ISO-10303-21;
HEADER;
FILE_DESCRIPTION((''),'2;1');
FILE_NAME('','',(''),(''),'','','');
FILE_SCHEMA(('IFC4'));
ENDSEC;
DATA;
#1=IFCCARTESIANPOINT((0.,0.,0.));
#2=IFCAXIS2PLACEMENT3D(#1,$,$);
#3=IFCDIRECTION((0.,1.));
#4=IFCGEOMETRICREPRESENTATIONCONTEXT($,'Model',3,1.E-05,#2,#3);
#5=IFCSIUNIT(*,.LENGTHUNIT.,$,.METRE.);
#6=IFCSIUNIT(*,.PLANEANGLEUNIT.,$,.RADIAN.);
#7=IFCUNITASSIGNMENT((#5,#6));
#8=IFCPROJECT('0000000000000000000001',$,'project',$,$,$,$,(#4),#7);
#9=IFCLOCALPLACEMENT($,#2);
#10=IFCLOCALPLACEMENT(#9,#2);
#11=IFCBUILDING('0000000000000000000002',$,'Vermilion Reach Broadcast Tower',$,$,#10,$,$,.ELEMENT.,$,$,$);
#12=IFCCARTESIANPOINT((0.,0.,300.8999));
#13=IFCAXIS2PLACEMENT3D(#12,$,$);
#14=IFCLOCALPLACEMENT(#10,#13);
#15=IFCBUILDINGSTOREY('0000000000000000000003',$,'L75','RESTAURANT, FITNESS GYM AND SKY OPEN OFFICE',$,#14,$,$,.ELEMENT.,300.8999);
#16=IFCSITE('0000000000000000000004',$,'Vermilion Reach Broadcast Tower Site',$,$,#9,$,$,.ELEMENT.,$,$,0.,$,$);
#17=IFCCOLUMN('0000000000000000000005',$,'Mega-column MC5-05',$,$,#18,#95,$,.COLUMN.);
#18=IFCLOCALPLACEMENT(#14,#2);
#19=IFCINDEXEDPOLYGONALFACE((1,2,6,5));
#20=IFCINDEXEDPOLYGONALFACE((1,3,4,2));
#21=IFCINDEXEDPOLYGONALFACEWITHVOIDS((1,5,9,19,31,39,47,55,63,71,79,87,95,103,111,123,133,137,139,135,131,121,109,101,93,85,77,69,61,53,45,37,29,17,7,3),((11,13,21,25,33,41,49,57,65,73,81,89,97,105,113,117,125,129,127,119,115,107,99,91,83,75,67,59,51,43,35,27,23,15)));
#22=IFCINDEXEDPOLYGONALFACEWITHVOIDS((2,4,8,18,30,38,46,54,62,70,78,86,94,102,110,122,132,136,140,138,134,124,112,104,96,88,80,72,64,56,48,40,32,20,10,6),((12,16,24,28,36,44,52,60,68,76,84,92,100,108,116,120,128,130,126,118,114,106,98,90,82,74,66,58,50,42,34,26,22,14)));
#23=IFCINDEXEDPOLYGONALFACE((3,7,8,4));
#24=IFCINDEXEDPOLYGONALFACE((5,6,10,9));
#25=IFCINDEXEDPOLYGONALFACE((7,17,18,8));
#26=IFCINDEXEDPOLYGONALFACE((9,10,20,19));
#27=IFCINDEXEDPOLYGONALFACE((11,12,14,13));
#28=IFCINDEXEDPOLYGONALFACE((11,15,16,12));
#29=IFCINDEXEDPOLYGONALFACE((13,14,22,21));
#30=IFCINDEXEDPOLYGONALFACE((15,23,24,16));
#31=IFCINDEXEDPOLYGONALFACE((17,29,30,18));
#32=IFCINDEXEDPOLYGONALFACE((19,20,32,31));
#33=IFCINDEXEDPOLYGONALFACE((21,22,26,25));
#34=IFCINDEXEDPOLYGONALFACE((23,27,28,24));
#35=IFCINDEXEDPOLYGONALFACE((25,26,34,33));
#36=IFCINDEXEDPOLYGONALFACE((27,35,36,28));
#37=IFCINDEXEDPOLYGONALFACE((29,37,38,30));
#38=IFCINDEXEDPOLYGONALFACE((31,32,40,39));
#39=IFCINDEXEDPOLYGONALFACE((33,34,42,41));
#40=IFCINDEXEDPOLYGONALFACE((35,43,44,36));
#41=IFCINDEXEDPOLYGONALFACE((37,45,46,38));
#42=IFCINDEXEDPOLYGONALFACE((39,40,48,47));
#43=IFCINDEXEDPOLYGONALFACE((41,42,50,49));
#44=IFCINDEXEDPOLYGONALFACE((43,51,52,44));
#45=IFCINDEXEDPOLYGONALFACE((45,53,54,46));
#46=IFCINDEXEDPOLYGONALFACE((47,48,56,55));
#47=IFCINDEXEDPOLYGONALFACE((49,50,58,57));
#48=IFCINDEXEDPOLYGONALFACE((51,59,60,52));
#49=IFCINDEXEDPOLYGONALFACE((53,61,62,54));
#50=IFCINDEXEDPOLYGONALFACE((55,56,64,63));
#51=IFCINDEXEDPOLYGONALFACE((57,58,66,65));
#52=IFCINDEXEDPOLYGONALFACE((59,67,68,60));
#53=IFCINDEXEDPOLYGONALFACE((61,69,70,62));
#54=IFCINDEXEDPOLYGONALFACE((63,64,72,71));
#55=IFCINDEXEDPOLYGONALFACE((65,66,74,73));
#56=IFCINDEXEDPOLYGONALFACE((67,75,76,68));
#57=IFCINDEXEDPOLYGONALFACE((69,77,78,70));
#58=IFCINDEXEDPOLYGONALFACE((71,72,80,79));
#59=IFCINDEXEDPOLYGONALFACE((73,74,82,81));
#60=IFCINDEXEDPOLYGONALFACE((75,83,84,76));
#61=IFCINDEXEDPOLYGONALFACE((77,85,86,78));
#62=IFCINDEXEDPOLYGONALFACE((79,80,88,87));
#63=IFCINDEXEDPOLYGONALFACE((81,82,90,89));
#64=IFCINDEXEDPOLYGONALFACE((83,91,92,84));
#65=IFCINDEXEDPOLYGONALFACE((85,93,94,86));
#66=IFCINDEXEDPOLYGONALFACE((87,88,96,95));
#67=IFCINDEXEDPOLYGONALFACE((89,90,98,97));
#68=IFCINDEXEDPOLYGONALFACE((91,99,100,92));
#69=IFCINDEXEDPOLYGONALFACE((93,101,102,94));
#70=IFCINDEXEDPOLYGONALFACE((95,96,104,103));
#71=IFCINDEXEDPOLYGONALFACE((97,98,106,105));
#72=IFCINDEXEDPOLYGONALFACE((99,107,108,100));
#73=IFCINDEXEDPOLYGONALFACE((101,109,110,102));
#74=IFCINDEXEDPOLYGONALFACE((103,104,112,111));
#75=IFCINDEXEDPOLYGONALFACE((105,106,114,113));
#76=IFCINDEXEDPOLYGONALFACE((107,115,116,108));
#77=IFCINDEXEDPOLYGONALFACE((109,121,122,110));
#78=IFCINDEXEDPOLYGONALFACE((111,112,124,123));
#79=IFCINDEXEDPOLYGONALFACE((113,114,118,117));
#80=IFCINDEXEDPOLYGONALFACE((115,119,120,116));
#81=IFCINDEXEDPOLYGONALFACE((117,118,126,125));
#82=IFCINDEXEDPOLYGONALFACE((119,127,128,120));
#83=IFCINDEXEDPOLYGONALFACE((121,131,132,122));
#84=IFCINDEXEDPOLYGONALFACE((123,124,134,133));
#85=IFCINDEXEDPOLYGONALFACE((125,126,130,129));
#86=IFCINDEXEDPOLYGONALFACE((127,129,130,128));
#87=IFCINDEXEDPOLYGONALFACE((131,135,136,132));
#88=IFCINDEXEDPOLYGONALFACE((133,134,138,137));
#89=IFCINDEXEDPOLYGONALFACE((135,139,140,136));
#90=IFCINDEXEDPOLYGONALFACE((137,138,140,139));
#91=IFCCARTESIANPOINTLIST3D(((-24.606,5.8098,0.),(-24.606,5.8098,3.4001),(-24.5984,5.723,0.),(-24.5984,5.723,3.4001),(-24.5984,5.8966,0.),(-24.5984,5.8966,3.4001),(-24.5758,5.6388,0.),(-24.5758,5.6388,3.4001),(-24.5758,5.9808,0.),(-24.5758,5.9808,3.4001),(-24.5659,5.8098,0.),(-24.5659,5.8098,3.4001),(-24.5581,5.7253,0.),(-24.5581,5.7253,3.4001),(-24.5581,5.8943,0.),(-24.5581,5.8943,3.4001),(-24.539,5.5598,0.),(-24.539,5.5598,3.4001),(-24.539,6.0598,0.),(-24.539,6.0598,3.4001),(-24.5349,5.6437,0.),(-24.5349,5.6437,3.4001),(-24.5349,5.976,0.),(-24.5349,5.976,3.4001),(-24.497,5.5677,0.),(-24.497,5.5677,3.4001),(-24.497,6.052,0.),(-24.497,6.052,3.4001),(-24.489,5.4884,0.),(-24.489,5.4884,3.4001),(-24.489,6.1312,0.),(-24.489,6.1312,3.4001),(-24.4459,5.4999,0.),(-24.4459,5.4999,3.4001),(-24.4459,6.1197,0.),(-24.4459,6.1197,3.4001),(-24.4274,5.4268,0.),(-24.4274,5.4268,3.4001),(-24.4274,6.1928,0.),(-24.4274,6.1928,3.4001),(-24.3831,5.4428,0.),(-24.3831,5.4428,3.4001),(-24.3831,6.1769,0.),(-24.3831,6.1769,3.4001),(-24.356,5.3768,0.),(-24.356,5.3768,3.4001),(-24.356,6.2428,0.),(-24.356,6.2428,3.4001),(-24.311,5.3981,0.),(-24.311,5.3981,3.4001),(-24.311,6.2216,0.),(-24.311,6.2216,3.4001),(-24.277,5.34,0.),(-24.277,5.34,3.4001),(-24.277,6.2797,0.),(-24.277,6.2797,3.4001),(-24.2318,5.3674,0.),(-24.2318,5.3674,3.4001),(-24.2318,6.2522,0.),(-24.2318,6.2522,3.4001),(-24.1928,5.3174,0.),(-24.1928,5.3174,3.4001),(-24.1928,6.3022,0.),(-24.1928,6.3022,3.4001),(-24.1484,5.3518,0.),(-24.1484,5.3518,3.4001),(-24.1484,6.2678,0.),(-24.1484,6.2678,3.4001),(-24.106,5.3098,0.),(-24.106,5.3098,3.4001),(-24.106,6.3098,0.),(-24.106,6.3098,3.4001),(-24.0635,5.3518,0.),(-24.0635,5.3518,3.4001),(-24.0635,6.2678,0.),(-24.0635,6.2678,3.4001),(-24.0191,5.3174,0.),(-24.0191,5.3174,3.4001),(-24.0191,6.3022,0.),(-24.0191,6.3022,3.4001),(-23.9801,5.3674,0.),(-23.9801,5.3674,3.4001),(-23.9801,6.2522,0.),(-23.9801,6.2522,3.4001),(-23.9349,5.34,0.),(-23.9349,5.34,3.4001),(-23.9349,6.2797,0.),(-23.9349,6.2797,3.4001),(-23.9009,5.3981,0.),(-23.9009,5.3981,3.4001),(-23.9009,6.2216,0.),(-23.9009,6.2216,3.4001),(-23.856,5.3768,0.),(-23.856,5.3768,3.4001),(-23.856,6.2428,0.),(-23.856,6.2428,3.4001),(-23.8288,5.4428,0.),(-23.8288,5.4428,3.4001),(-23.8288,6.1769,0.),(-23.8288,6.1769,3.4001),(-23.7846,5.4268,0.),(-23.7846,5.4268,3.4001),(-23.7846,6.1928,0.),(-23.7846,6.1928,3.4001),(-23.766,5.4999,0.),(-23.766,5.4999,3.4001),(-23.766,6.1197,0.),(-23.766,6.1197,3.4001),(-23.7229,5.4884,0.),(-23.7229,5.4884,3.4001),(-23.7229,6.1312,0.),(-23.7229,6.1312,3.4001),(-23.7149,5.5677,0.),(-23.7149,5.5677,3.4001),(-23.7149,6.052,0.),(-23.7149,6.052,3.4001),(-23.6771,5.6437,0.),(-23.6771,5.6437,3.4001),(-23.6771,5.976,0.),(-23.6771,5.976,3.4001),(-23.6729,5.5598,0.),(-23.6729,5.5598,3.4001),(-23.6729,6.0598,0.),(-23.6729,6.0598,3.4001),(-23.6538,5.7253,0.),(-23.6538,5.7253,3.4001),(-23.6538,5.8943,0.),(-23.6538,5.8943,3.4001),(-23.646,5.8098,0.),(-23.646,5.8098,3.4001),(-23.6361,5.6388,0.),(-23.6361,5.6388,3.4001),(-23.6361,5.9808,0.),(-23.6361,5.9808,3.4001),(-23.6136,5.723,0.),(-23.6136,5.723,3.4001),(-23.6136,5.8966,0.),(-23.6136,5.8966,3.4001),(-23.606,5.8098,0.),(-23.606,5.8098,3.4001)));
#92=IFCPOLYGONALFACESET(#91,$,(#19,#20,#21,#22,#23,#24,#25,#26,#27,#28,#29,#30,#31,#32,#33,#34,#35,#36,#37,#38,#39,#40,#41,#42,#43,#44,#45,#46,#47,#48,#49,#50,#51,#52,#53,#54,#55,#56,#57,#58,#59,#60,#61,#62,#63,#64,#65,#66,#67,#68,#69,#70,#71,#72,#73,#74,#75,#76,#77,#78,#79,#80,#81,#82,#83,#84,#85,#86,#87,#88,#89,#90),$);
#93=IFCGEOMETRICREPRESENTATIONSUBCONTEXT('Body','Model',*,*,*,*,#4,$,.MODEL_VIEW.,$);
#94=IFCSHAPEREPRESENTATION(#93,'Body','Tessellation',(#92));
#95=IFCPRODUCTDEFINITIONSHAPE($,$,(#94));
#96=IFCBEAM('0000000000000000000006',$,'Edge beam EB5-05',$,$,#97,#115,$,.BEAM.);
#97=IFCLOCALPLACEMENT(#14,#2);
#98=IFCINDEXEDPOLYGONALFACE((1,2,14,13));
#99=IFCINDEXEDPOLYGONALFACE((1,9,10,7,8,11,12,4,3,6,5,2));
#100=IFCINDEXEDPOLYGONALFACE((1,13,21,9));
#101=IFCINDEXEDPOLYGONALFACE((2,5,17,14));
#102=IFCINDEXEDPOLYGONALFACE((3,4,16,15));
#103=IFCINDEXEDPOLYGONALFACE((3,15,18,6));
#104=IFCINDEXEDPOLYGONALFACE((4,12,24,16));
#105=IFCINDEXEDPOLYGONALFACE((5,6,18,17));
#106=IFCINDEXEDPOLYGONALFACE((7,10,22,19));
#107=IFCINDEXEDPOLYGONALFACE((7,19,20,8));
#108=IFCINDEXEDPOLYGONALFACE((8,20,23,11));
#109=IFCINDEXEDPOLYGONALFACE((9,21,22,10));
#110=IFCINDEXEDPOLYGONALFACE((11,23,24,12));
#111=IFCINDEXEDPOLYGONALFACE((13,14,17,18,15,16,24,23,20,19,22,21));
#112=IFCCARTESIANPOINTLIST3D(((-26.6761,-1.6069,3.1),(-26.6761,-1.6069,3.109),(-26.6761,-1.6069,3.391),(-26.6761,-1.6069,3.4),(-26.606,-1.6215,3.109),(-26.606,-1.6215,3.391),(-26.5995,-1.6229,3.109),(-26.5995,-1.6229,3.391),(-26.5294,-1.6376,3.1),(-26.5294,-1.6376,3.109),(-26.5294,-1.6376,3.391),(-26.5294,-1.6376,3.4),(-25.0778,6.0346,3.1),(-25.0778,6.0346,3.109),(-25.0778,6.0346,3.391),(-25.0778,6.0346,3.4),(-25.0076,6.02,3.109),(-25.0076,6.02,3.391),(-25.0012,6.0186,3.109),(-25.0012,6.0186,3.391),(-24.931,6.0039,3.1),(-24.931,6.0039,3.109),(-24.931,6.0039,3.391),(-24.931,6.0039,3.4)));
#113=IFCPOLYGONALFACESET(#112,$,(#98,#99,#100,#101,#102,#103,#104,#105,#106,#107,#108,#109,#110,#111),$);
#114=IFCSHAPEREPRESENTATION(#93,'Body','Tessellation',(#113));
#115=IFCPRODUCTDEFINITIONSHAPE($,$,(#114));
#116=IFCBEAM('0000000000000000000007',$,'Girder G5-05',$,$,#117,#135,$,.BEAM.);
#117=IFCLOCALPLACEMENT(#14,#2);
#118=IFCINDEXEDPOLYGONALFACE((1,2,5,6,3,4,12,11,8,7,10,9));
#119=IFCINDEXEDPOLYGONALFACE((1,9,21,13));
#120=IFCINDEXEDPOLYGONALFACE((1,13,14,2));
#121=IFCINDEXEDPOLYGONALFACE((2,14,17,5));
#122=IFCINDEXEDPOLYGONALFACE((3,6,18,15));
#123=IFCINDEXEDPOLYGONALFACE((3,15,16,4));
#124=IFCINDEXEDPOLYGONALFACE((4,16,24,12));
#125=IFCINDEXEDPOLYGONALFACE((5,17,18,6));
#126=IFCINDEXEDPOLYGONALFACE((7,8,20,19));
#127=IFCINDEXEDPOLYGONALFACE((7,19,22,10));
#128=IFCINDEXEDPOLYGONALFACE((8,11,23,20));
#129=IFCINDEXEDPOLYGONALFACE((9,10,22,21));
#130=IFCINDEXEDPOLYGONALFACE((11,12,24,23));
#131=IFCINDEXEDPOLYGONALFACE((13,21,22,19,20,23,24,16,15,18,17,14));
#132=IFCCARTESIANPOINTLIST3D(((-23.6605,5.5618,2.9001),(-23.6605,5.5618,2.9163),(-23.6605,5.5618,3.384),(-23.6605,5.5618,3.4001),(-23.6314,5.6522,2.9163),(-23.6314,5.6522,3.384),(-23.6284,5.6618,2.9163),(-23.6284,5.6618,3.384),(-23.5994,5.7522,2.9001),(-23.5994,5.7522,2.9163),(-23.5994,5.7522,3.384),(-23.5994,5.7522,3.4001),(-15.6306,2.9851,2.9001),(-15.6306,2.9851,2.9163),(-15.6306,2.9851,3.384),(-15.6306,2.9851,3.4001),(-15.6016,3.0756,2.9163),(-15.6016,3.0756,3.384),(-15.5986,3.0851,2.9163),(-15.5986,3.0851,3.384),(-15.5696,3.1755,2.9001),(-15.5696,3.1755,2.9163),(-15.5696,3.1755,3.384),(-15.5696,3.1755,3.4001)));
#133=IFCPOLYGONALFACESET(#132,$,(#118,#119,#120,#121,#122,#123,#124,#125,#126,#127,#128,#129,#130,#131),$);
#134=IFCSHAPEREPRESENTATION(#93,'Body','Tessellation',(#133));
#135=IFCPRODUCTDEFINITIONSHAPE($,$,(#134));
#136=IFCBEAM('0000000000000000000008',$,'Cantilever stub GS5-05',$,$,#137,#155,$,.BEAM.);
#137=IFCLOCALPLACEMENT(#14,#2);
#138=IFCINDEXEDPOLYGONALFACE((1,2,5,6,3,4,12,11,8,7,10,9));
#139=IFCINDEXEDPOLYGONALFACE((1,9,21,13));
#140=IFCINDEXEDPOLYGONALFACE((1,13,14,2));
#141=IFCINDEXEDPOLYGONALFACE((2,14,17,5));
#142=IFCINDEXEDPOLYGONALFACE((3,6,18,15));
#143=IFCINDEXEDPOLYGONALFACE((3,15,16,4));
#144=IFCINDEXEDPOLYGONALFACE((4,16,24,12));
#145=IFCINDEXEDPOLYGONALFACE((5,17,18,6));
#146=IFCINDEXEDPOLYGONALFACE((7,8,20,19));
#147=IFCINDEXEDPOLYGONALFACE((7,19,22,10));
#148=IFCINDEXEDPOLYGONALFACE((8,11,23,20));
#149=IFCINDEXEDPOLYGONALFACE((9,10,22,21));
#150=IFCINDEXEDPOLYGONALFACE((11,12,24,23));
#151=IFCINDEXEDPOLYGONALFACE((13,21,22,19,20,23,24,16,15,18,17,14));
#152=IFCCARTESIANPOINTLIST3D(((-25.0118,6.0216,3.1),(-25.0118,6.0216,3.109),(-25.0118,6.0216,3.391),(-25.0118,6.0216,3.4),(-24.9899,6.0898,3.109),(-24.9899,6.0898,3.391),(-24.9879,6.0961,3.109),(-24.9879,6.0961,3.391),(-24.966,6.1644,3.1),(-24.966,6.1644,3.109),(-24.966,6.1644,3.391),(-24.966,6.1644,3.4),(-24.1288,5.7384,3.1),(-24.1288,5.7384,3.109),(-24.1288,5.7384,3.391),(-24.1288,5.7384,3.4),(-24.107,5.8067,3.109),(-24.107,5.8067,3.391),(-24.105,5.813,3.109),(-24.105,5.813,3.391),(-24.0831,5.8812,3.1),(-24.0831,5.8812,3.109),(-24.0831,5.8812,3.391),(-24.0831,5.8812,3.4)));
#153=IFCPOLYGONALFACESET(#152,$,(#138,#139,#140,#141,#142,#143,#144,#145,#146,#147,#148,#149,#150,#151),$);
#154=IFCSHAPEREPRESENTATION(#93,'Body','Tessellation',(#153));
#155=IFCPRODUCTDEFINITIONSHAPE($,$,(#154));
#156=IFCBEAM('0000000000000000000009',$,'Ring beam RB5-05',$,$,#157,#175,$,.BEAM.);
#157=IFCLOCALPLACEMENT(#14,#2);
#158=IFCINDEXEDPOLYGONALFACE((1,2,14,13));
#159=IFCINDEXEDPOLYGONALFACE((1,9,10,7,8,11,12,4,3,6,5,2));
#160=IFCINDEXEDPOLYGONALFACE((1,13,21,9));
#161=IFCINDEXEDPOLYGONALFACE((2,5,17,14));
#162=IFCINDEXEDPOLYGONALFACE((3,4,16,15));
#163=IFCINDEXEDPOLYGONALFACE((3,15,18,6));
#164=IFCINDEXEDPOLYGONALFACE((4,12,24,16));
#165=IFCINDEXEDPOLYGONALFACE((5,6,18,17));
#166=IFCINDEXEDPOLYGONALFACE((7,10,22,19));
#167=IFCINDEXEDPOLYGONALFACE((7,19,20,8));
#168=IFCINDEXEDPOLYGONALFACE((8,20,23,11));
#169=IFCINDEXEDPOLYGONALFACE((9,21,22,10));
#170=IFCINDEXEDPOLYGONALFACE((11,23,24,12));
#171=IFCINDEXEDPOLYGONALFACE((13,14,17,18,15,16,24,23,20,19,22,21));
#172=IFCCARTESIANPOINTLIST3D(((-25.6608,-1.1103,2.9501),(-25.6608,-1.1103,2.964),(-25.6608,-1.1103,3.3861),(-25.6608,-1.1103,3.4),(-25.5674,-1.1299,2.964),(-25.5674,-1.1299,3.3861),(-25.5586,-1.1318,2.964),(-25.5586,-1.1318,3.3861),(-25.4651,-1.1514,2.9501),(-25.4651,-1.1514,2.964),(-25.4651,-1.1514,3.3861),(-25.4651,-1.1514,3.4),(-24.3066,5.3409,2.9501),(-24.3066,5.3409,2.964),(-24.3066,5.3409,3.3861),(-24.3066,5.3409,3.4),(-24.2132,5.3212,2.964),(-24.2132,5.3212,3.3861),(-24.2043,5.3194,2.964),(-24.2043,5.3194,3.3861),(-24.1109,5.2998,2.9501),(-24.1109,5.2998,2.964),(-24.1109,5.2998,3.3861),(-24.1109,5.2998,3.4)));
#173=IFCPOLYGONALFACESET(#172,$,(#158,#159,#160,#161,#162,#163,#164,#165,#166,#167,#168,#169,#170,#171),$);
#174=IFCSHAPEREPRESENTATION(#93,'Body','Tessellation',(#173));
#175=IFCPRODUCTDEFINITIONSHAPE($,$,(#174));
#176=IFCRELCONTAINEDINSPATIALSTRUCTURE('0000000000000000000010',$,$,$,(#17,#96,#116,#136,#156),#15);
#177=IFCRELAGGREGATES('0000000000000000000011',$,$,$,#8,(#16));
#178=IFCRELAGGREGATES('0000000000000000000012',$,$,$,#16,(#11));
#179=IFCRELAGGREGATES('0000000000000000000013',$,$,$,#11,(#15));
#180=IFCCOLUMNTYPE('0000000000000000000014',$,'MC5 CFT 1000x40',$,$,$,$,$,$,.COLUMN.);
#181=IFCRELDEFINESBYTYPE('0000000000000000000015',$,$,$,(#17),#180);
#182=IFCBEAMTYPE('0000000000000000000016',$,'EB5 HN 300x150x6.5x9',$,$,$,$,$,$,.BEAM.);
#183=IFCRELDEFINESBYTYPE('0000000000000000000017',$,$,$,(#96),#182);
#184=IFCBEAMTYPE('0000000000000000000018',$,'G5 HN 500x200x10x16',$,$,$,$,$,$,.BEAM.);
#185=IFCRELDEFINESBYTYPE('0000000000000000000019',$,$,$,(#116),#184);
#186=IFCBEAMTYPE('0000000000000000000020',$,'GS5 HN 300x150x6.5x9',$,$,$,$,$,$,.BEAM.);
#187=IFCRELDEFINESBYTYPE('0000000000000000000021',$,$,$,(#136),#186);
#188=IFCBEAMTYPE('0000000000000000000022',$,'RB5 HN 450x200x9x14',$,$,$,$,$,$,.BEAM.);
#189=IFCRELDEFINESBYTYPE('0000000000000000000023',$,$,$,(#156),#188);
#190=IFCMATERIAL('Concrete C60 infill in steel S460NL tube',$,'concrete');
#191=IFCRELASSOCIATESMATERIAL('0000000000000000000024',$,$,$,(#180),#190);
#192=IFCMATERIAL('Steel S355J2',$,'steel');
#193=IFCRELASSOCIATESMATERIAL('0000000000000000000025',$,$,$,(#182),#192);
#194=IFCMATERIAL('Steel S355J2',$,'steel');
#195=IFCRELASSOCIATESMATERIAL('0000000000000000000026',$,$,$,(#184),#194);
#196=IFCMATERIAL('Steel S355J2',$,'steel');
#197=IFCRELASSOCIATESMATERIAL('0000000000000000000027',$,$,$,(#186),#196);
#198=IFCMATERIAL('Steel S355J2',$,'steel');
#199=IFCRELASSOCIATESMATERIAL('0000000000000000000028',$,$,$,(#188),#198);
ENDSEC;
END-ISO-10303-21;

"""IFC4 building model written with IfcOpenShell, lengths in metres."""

from ifc_helpers import new_model, si_unit, direction, frame, origin, origin_2d, place, context, subcontext, project, spatial, hollow_circle, i_section, extrude, material, material_profile, profile_set, type_object, element, save


model = new_model("IFC4")

# Units and contexts
model_context = context("Model", 3, precision=1e-05, world=origin(), true_north=direction((0.0, 1.0)))
body_context = subcontext(model_context, "Body", "Model", "MODEL_VIEW")
ifc_project = project(units=[si_unit("LENGTHUNIT", "METRE"), si_unit("PLANEANGLEUNIT", "RADIAN")], contexts=[model_context])

# Site, building, storey
site_placement = place(None, origin())
site = spatial("IfcSite", under=ifc_project, at=site_placement, Name="Vermilion Reach Broadcast Tower Site", CompositionType="ELEMENT", RefElevation=0.0)
building_placement = place(site_placement, origin())
building = spatial("IfcBuilding", under=site, at=building_placement, Name="Vermilion Reach Broadcast Tower", CompositionType="ELEMENT")
storey_placement = place(building_placement, frame((0.0, 0.0, 300.8999)))
storey = spatial("IfcBuildingStorey", under=building, at=storey_placement, Name="L75", Description="RESTAURANT, FITNESS GYM AND SKY OPEN OFFICE", CompositionType="ELEMENT", Elevation=300.8999)

# Column
ifc_material_1 = material(Name="Concrete C60 infill in steel S460NL tube", Category="concrete")
ifc_material_profile_1 = material_profile(ifc_material_1, hollow_circle(Radius=0.5, WallThickness=0.04, at=origin_2d()), Name="Concrete C60 infill in steel S460NL tube CFT 1000x40")
ifc_profile_set_1 = profile_set([ifc_material_profile_1], Name="Concrete C60 infill in steel S460NL tube")
column_type = type_object("IfcColumnType", Name="MC5 CFT 1000x40", PredefinedType="COLUMN", material=ifc_profile_set_1)
column_placement = place(storey_placement, frame((-24.106, 5.8098, 0.0), z_axis=(0.0, 0.0, 1.0), x_axis=(1.0, 0.0, 0.0)))
element("IfcColumn", 1, at=column_placement, inside=storey, type_object=column_type, Name="Mega-column MC5-05", PredefinedType="COLUMN", context=body_context, shape_type="SweptSolid", body=[
    extrude(hollow_circle(Radius=0.5, WallThickness=0.04, at=origin_2d()), origin(), (0.0, 0.0, 1.0), 3.4001),
])

# Beams
ifc_material_2 = material(Name="Steel S355J2", Category="steel")
ifc_material_profile_2 = material_profile(ifc_material_2, i_section(OverallWidth=0.1499, OverallDepth=0.3, WebThickness=0.0066, FlangeThickness=0.009, at=origin_2d()), Name="S355J2 HN 300x150x6.5x9")
ifc_profile_set_2 = profile_set([ifc_material_profile_2], Name="Steel S355J2")
beam_type_1 = type_object("IfcBeamType", Name="EB5 HN 300x150x6.5x9", PredefinedType="BEAM", material=ifc_profile_set_2)
beam_1_placement = place(storey_placement, frame((-25.0044, 6.0193, 3.25), z_axis=(-0.204738, -0.978817, 0.0), x_axis=(0.978817, -0.204738, 0.0)))
element("IfcBeam", 2, at=beam_1_placement, inside=storey, type_object=beam_type_1, Name="Edge beam EB5-05", PredefinedType="BEAM", context=body_context, shape_type="SweptSolid", body=[
    extrude(i_section(OverallWidth=0.1499, OverallDepth=0.3, WebThickness=0.0066, FlangeThickness=0.009, at=origin_2d()), origin(), (0.0, 0.0, 1.0), 7.8069),
])
ifc_material_3 = material(Name="Steel S355J2", Category="steel")
ifc_material_profile_3 = material_profile(ifc_material_3, i_section(OverallWidth=0.2, OverallDepth=0.5, WebThickness=0.01, FlangeThickness=0.0161, at=origin_2d()), Name="S355J2 HN 500x200x10x16")
ifc_profile_set_3 = profile_set([ifc_material_profile_3], Name="Steel S355J2")
beam_type_2 = type_object("IfcBeamType", Name="G5 HN 500x200x10x16", PredefinedType="BEAM", material=ifc_profile_set_3)
beam_2_placement = place(storey_placement, frame((-15.6001, 3.0803, 3.1501), z_axis=(-0.952178, 0.305542, 0.0), x_axis=(-0.305542, -0.952178, 0.0)))
element("IfcBeam", 3, at=beam_2_placement, inside=storey, type_object=beam_type_2, Name="Girder G5-05", PredefinedType="BEAM", context=body_context, shape_type="SweptSolid", body=[
    extrude(i_section(OverallWidth=0.2, OverallDepth=0.5, WebThickness=0.01, FlangeThickness=0.0161, at=origin_2d()), origin(), (0.0, 0.0, 1.0), 8.4331),
])
ifc_material_4 = material(Name="Steel S355J2", Category="steel")
ifc_material_profile_4 = material_profile(ifc_material_4, i_section(OverallWidth=0.1499, OverallDepth=0.3, WebThickness=0.0066, FlangeThickness=0.009, at=origin_2d()), Name="S355J2 HN 300x150x6.5x9")
ifc_profile_set_4 = profile_set([ifc_material_profile_4], Name="Steel S355J2")
beam_type_3 = type_object("IfcBeamType", Name="GS5 HN 300x150x6.5x9", PredefinedType="BEAM", material=ifc_profile_set_4)
beam_3_placement = place(storey_placement, frame((-24.106, 5.8098, 3.25), z_axis=(-0.952228, 0.305387, 0.0), x_axis=(-0.305387, -0.952228, 0.0)))
element("IfcBeam", 4, at=beam_3_placement, inside=storey, type_object=beam_type_3, Name="Cantilever stub GS5-05", PredefinedType="BEAM", context=body_context, shape_type="SweptSolid", body=[
    extrude(i_section(OverallWidth=0.1499, OverallDepth=0.3, WebThickness=0.0066, FlangeThickness=0.009, at=origin_2d()), origin(), (0.0, 0.0, 1.0), 0.9272),
])
ifc_material_5 = material(Name="Steel S355J2", Category="steel")
ifc_material_profile_5 = material_profile(ifc_material_5, i_section(OverallWidth=0.2, OverallDepth=0.45, WebThickness=0.009, FlangeThickness=0.0139, at=origin_2d()), Name="S355J2 HN 450x200x9x14")
ifc_profile_set_5 = profile_set([ifc_material_profile_5], Name="Steel S355J2")
beam_type_4 = type_object("IfcBeamType", Name="RB5 HN 450x200x9x14", PredefinedType="BEAM", material=ifc_profile_set_5)
beam_4_placement = place(storey_placement, frame((-24.2087, 5.3203, 3.175), z_axis=(-0.205445, -0.978669, 0.0), x_axis=(0.978669, -0.205445, 0.0)))
element("IfcBeam", 5, at=beam_4_placement, inside=storey, type_object=beam_type_4, Name="Ring beam RB5-05", PredefinedType="BEAM", context=body_context, shape_type="SweptSolid", body=[
    extrude(i_section(OverallWidth=0.2, OverallDepth=0.45, WebThickness=0.009, FlangeThickness=0.0139, at=origin_2d()), origin(), (0.0, 0.0, 1.0), 6.5918),
])

save(model, "model.ifc")
